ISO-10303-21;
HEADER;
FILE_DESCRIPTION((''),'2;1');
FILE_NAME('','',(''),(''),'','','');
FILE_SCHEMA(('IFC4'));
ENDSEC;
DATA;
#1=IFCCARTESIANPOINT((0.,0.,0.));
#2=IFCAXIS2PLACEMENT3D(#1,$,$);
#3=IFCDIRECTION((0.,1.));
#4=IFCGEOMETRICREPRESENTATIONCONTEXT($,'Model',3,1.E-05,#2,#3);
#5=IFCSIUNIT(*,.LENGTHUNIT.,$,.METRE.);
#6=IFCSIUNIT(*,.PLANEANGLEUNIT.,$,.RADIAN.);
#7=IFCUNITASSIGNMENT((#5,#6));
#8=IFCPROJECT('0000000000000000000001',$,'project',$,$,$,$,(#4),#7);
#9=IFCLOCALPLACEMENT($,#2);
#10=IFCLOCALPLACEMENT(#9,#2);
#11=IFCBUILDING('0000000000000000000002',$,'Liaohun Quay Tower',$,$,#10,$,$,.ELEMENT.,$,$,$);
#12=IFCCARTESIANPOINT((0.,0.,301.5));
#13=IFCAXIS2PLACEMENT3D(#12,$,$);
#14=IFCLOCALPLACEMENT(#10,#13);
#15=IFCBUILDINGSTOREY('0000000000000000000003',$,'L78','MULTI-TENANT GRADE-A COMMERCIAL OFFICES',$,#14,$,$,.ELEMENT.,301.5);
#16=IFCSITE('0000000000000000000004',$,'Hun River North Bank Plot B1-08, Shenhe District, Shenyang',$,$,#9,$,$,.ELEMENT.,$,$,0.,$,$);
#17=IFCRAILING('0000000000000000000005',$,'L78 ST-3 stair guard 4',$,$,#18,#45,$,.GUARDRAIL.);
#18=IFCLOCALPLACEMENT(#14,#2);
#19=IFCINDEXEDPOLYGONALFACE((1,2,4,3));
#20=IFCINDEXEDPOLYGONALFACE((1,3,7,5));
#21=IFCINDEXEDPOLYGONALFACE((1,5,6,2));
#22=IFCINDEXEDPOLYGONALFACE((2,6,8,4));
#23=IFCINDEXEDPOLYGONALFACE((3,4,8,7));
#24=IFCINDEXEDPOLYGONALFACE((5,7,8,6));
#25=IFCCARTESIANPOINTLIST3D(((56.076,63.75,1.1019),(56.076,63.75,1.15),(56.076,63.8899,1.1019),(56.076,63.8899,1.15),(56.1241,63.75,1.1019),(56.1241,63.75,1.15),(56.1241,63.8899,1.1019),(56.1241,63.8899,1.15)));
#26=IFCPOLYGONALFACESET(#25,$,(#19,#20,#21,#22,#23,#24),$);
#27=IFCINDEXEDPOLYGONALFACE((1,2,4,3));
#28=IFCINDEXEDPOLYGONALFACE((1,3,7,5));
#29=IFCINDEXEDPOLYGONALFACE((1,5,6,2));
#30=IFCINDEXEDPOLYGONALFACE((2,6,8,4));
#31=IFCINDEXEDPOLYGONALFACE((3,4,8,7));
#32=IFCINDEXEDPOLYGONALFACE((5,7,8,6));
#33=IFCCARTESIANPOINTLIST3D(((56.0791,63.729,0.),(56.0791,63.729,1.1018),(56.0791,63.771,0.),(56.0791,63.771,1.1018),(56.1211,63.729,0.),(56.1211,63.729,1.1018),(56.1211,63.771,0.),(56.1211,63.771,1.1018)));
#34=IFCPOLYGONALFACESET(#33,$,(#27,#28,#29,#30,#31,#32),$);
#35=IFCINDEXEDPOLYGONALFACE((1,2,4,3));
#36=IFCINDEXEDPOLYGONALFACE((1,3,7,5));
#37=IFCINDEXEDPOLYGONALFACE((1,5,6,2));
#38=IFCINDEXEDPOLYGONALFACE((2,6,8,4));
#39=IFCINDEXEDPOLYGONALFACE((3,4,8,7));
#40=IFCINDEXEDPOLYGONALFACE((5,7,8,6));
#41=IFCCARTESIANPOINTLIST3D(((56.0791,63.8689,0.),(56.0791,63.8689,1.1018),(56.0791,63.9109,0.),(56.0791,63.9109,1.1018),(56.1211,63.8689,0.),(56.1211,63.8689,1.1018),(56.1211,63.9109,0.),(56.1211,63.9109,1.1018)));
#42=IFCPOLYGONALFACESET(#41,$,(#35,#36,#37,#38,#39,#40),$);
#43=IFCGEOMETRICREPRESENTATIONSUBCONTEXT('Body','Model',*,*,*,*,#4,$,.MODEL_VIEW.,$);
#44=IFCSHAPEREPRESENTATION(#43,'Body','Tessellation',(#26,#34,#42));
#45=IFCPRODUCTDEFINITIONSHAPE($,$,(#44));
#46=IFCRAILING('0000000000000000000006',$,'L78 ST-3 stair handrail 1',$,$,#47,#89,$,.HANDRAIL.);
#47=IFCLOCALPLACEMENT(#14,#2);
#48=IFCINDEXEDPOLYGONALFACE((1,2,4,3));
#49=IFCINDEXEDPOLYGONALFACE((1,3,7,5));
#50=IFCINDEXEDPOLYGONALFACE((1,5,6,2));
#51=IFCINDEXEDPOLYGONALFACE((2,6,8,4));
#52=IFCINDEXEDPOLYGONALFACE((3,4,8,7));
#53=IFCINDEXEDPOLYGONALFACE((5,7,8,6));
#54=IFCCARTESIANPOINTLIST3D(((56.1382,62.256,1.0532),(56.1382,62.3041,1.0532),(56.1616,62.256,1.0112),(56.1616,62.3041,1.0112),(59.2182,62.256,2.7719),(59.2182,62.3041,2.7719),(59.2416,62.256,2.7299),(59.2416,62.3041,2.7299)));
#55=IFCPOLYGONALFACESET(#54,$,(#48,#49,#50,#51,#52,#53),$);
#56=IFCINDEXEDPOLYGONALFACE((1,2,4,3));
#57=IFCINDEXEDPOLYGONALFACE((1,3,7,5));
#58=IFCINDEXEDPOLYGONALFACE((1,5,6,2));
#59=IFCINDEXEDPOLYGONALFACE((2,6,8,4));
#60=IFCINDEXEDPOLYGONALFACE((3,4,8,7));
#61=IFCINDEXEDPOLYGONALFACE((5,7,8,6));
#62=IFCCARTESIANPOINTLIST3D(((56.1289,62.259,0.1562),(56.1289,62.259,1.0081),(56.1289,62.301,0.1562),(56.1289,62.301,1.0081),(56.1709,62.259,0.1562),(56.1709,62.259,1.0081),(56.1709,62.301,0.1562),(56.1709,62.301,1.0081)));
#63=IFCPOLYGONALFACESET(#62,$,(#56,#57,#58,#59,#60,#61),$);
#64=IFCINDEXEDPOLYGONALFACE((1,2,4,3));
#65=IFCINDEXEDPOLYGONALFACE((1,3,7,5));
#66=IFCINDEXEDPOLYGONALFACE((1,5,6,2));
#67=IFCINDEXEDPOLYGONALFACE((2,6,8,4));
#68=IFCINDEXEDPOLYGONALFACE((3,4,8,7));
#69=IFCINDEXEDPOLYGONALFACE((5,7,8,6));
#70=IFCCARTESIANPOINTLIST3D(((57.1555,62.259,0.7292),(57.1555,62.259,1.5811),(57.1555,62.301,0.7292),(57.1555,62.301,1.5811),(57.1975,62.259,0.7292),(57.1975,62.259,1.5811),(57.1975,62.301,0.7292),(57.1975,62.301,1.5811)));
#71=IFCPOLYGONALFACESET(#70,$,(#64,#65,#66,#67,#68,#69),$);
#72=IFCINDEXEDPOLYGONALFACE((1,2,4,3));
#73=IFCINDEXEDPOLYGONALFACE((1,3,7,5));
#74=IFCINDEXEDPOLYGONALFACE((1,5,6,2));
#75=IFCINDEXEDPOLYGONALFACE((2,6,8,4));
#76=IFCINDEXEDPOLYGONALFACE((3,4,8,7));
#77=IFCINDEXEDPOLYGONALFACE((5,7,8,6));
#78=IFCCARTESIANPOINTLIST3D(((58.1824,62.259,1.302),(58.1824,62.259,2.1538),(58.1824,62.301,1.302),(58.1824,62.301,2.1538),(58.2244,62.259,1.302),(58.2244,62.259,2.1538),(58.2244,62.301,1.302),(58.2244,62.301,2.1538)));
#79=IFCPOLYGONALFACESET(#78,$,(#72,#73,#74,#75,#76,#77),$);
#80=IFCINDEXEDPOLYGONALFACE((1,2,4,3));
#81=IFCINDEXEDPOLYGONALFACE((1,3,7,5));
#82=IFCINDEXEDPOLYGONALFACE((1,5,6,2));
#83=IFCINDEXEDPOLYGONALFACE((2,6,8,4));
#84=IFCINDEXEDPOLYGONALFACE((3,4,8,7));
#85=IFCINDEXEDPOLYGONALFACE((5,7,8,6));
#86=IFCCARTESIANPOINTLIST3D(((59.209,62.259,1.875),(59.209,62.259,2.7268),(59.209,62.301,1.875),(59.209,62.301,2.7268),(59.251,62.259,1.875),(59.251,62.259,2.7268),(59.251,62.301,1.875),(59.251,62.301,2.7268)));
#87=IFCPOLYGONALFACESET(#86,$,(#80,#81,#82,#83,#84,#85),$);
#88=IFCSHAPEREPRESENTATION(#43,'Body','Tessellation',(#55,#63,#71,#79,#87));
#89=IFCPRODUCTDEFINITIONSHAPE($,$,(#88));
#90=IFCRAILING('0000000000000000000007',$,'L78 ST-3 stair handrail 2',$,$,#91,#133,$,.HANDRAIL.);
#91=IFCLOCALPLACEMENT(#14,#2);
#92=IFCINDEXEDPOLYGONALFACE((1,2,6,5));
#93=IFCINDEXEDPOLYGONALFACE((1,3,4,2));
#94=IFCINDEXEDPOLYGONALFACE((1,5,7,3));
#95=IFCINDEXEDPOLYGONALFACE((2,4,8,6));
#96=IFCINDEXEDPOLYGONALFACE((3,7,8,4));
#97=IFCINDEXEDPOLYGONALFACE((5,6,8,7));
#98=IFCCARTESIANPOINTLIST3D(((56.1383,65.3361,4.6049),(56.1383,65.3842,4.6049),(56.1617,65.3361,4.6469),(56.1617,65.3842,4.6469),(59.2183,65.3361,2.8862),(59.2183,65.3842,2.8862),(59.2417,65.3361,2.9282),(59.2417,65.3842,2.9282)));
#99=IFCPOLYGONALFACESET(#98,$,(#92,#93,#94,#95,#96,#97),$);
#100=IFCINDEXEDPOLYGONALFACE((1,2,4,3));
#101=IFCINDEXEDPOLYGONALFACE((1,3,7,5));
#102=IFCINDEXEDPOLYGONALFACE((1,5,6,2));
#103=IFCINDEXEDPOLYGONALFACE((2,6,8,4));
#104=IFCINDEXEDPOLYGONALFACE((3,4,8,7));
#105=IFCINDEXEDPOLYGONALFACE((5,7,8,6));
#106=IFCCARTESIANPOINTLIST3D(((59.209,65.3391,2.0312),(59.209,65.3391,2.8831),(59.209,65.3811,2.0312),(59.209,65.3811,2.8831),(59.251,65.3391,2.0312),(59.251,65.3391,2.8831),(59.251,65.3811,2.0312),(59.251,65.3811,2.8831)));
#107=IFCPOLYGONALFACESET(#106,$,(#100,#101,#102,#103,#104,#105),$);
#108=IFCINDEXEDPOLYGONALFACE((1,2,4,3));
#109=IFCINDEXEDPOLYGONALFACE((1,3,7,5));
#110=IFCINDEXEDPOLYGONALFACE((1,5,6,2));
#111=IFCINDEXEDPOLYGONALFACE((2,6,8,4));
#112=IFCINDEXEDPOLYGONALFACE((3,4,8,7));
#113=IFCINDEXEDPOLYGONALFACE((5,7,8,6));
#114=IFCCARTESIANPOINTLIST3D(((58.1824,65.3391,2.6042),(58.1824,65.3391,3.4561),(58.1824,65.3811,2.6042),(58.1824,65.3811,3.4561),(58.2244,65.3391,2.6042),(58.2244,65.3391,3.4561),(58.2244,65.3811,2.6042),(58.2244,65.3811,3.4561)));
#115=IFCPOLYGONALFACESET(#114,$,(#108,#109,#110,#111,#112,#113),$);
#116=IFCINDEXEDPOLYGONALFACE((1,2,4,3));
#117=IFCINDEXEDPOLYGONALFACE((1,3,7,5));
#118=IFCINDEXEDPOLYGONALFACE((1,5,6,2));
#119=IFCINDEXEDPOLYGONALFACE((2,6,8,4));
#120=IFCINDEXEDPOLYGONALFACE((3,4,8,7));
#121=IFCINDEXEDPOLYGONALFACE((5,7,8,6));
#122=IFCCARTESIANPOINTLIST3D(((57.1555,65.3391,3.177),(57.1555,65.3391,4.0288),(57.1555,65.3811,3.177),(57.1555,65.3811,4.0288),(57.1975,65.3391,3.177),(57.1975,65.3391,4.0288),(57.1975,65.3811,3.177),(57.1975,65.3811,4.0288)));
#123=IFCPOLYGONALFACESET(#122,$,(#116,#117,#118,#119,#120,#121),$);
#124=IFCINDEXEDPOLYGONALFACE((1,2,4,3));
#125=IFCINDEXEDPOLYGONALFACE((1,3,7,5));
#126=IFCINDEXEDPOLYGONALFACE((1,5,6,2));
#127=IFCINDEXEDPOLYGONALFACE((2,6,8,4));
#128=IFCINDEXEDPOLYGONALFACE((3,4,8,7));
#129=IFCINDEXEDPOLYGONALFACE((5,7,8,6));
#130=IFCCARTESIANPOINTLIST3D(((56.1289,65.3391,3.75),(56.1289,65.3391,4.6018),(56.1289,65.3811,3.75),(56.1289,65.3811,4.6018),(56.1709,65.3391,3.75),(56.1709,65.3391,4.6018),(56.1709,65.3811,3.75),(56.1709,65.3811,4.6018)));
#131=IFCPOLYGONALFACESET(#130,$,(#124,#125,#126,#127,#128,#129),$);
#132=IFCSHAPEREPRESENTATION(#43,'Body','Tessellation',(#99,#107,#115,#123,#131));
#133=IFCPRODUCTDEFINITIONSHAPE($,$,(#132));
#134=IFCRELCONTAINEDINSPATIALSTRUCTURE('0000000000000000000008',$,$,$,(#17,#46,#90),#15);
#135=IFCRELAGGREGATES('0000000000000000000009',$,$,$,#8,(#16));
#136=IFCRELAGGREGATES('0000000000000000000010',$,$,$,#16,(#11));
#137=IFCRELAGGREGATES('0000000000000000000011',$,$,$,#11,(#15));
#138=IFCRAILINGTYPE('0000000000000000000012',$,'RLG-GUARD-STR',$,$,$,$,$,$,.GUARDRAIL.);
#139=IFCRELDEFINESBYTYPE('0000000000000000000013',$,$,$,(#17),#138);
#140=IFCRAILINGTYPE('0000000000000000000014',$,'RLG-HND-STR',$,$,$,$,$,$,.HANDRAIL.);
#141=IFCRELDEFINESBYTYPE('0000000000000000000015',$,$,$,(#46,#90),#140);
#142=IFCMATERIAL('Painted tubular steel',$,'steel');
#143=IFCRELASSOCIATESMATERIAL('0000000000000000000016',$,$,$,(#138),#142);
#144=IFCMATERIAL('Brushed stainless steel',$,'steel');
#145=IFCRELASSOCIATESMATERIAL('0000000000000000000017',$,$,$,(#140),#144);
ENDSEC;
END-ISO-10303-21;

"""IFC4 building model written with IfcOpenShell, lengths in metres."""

from ifc_helpers import new_model, si_unit, direction, frame, origin, origin_2d, place, context, subcontext, project, spatial, rectangle, extrude, material, type_object, element, save


model = new_model("IFC4")

# Units and contexts
model_context = context("Model", 3, precision=1e-05, world=origin(), true_north=direction((0.0, 1.0)))
body_context = subcontext(model_context, "Body", "Model", "MODEL_VIEW")
ifc_project = project(units=[si_unit("LENGTHUNIT", "METRE"), si_unit("PLANEANGLEUNIT", "RADIAN")], contexts=[model_context])

# Site, building, storey
site_placement = place(None, origin())
site = spatial("IfcSite", under=ifc_project, at=site_placement, Name="Hun River North Bank Plot B1-08, Shenhe District, Shenyang", CompositionType="ELEMENT", RefElevation=0.0)
building_placement = place(site_placement, origin())
building = spatial("IfcBuilding", under=site, at=building_placement, Name="Liaohun Quay Tower", CompositionType="ELEMENT")
storey_placement = place(building_placement, frame((0.0, 0.0, 301.5)))
storey = spatial("IfcBuildingStorey", under=building, at=storey_placement, Name="L78", Description="MULTI-TENANT GRADE-A COMMERCIAL OFFICES", CompositionType="ELEMENT", Elevation=301.5)

# Railings
ifc_material_1 = material(Name="Painted tubular steel", Category="steel")
railing_type_1 = type_object("IfcRailingType", Name="RLG-GUARD-STR", PredefinedType="GUARDRAIL", material=ifc_material_1)
railing_1_placement = place(storey_placement, frame((56.1001, 63.75, 0.0)))
element("IfcRailing", 1, at=railing_1_placement, inside=storey, type_object=railing_type_1, Name="L78 ST-3 stair guard 4", PredefinedType="GUARDRAIL", context=body_context, shape_type="SweptSolid", body=[
    extrude(rectangle(XDim=0.0481, YDim=0.0481, at=origin_2d()), frame((0.0, 0.0, 1.126), z_axis=(0.0, 1.0, 0.0), x_axis=(-1.0, 0.0, 0.0)), (0.0, 0.0, 1.0), 0.1399),
    extrude(rectangle(XDim=0.042, YDim=0.042, at=origin_2d()), origin(), (0.0, 0.0, 1.0), 1.1018),
    extrude(rectangle(XDim=0.042, YDim=0.042, at=origin_2d()), frame((0.0, 0.1399, 0.0)), (0.0, 0.0, 1.0), 1.1018),
])
ifc_material_2 = material(Name="Brushed stainless steel", Category="steel")
railing_type_2 = type_object("IfcRailingType", Name="RLG-HND-STR", PredefinedType="HANDRAIL", material=ifc_material_2)
railing_2_placement = place(storey_placement, frame((56.1499, 62.28, 0.1562)))
element("IfcRailing", 2, at=railing_2_placement, inside=storey, type_object=railing_type_2, Name="L78 ST-3 stair handrail 1", PredefinedType="HANDRAIL", context=body_context, shape_type="SweptSolid", body=[
    extrude(rectangle(XDim=0.0481, YDim=0.0481, at=origin_2d()), frame((0.0, 0.0, 0.876), z_axis=(0.873242, 0.0, 0.487288), x_axis=(0.0, 1.0, 0.0)), (0.0, 0.0, 1.0), 3.5271),
    extrude(rectangle(XDim=0.042, YDim=0.042, at=origin_2d()), origin(), (0.0, 0.0, 1.0), 0.8518),
    extrude(rectangle(XDim=0.042, YDim=0.042, at=origin_2d()), frame((1.0266, 0.0, 0.573)), (0.0, 0.0, 1.0), 0.8518),
    extrude(rectangle(XDim=0.042, YDim=0.042, at=origin_2d()), frame((2.0535, 0.0, 1.1458)), (0.0, 0.0, 1.0), 0.8518),
    extrude(rectangle(XDim=0.042, YDim=0.042, at=origin_2d()), frame((3.0801, 0.0, 1.7188)), (0.0, 0.0, 1.0), 0.8518),
])
railing_3_placement = place(storey_placement, frame((59.23, 65.3601, 2.0312)))
element("IfcRailing", 3, at=railing_3_placement, inside=storey, type_object=railing_type_2, Name="L78 ST-3 stair handrail 2", PredefinedType="HANDRAIL", context=body_context, shape_type="SweptSolid", body=[
    extrude(rectangle(XDim=0.0481, YDim=0.0481, at=origin_2d()), frame((0.0, 0.0, 0.876), z_axis=(-0.873242, 0.0, 0.487288), x_axis=(0.0, -1.0, 0.0)), (0.0, 0.0, 1.0), 3.5271),
    extrude(rectangle(XDim=0.042, YDim=0.042, at=origin_2d()), origin(), (0.0, 0.0, 1.0), 0.8518),
    extrude(rectangle(XDim=0.042, YDim=0.042, at=origin_2d()), frame((-1.0266, 0.0, 0.573)), (0.0, 0.0, 1.0), 0.8518),
    extrude(rectangle(XDim=0.042, YDim=0.042, at=origin_2d()), frame((-2.0535, 0.0, 1.1458)), (0.0, 0.0, 1.0), 0.8518),
    extrude(rectangle(XDim=0.042, YDim=0.042, at=origin_2d()), frame((-3.0801, 0.0, 1.7188)), (0.0, 0.0, 1.0), 0.8518),
])

save(model, "model.ifc")
